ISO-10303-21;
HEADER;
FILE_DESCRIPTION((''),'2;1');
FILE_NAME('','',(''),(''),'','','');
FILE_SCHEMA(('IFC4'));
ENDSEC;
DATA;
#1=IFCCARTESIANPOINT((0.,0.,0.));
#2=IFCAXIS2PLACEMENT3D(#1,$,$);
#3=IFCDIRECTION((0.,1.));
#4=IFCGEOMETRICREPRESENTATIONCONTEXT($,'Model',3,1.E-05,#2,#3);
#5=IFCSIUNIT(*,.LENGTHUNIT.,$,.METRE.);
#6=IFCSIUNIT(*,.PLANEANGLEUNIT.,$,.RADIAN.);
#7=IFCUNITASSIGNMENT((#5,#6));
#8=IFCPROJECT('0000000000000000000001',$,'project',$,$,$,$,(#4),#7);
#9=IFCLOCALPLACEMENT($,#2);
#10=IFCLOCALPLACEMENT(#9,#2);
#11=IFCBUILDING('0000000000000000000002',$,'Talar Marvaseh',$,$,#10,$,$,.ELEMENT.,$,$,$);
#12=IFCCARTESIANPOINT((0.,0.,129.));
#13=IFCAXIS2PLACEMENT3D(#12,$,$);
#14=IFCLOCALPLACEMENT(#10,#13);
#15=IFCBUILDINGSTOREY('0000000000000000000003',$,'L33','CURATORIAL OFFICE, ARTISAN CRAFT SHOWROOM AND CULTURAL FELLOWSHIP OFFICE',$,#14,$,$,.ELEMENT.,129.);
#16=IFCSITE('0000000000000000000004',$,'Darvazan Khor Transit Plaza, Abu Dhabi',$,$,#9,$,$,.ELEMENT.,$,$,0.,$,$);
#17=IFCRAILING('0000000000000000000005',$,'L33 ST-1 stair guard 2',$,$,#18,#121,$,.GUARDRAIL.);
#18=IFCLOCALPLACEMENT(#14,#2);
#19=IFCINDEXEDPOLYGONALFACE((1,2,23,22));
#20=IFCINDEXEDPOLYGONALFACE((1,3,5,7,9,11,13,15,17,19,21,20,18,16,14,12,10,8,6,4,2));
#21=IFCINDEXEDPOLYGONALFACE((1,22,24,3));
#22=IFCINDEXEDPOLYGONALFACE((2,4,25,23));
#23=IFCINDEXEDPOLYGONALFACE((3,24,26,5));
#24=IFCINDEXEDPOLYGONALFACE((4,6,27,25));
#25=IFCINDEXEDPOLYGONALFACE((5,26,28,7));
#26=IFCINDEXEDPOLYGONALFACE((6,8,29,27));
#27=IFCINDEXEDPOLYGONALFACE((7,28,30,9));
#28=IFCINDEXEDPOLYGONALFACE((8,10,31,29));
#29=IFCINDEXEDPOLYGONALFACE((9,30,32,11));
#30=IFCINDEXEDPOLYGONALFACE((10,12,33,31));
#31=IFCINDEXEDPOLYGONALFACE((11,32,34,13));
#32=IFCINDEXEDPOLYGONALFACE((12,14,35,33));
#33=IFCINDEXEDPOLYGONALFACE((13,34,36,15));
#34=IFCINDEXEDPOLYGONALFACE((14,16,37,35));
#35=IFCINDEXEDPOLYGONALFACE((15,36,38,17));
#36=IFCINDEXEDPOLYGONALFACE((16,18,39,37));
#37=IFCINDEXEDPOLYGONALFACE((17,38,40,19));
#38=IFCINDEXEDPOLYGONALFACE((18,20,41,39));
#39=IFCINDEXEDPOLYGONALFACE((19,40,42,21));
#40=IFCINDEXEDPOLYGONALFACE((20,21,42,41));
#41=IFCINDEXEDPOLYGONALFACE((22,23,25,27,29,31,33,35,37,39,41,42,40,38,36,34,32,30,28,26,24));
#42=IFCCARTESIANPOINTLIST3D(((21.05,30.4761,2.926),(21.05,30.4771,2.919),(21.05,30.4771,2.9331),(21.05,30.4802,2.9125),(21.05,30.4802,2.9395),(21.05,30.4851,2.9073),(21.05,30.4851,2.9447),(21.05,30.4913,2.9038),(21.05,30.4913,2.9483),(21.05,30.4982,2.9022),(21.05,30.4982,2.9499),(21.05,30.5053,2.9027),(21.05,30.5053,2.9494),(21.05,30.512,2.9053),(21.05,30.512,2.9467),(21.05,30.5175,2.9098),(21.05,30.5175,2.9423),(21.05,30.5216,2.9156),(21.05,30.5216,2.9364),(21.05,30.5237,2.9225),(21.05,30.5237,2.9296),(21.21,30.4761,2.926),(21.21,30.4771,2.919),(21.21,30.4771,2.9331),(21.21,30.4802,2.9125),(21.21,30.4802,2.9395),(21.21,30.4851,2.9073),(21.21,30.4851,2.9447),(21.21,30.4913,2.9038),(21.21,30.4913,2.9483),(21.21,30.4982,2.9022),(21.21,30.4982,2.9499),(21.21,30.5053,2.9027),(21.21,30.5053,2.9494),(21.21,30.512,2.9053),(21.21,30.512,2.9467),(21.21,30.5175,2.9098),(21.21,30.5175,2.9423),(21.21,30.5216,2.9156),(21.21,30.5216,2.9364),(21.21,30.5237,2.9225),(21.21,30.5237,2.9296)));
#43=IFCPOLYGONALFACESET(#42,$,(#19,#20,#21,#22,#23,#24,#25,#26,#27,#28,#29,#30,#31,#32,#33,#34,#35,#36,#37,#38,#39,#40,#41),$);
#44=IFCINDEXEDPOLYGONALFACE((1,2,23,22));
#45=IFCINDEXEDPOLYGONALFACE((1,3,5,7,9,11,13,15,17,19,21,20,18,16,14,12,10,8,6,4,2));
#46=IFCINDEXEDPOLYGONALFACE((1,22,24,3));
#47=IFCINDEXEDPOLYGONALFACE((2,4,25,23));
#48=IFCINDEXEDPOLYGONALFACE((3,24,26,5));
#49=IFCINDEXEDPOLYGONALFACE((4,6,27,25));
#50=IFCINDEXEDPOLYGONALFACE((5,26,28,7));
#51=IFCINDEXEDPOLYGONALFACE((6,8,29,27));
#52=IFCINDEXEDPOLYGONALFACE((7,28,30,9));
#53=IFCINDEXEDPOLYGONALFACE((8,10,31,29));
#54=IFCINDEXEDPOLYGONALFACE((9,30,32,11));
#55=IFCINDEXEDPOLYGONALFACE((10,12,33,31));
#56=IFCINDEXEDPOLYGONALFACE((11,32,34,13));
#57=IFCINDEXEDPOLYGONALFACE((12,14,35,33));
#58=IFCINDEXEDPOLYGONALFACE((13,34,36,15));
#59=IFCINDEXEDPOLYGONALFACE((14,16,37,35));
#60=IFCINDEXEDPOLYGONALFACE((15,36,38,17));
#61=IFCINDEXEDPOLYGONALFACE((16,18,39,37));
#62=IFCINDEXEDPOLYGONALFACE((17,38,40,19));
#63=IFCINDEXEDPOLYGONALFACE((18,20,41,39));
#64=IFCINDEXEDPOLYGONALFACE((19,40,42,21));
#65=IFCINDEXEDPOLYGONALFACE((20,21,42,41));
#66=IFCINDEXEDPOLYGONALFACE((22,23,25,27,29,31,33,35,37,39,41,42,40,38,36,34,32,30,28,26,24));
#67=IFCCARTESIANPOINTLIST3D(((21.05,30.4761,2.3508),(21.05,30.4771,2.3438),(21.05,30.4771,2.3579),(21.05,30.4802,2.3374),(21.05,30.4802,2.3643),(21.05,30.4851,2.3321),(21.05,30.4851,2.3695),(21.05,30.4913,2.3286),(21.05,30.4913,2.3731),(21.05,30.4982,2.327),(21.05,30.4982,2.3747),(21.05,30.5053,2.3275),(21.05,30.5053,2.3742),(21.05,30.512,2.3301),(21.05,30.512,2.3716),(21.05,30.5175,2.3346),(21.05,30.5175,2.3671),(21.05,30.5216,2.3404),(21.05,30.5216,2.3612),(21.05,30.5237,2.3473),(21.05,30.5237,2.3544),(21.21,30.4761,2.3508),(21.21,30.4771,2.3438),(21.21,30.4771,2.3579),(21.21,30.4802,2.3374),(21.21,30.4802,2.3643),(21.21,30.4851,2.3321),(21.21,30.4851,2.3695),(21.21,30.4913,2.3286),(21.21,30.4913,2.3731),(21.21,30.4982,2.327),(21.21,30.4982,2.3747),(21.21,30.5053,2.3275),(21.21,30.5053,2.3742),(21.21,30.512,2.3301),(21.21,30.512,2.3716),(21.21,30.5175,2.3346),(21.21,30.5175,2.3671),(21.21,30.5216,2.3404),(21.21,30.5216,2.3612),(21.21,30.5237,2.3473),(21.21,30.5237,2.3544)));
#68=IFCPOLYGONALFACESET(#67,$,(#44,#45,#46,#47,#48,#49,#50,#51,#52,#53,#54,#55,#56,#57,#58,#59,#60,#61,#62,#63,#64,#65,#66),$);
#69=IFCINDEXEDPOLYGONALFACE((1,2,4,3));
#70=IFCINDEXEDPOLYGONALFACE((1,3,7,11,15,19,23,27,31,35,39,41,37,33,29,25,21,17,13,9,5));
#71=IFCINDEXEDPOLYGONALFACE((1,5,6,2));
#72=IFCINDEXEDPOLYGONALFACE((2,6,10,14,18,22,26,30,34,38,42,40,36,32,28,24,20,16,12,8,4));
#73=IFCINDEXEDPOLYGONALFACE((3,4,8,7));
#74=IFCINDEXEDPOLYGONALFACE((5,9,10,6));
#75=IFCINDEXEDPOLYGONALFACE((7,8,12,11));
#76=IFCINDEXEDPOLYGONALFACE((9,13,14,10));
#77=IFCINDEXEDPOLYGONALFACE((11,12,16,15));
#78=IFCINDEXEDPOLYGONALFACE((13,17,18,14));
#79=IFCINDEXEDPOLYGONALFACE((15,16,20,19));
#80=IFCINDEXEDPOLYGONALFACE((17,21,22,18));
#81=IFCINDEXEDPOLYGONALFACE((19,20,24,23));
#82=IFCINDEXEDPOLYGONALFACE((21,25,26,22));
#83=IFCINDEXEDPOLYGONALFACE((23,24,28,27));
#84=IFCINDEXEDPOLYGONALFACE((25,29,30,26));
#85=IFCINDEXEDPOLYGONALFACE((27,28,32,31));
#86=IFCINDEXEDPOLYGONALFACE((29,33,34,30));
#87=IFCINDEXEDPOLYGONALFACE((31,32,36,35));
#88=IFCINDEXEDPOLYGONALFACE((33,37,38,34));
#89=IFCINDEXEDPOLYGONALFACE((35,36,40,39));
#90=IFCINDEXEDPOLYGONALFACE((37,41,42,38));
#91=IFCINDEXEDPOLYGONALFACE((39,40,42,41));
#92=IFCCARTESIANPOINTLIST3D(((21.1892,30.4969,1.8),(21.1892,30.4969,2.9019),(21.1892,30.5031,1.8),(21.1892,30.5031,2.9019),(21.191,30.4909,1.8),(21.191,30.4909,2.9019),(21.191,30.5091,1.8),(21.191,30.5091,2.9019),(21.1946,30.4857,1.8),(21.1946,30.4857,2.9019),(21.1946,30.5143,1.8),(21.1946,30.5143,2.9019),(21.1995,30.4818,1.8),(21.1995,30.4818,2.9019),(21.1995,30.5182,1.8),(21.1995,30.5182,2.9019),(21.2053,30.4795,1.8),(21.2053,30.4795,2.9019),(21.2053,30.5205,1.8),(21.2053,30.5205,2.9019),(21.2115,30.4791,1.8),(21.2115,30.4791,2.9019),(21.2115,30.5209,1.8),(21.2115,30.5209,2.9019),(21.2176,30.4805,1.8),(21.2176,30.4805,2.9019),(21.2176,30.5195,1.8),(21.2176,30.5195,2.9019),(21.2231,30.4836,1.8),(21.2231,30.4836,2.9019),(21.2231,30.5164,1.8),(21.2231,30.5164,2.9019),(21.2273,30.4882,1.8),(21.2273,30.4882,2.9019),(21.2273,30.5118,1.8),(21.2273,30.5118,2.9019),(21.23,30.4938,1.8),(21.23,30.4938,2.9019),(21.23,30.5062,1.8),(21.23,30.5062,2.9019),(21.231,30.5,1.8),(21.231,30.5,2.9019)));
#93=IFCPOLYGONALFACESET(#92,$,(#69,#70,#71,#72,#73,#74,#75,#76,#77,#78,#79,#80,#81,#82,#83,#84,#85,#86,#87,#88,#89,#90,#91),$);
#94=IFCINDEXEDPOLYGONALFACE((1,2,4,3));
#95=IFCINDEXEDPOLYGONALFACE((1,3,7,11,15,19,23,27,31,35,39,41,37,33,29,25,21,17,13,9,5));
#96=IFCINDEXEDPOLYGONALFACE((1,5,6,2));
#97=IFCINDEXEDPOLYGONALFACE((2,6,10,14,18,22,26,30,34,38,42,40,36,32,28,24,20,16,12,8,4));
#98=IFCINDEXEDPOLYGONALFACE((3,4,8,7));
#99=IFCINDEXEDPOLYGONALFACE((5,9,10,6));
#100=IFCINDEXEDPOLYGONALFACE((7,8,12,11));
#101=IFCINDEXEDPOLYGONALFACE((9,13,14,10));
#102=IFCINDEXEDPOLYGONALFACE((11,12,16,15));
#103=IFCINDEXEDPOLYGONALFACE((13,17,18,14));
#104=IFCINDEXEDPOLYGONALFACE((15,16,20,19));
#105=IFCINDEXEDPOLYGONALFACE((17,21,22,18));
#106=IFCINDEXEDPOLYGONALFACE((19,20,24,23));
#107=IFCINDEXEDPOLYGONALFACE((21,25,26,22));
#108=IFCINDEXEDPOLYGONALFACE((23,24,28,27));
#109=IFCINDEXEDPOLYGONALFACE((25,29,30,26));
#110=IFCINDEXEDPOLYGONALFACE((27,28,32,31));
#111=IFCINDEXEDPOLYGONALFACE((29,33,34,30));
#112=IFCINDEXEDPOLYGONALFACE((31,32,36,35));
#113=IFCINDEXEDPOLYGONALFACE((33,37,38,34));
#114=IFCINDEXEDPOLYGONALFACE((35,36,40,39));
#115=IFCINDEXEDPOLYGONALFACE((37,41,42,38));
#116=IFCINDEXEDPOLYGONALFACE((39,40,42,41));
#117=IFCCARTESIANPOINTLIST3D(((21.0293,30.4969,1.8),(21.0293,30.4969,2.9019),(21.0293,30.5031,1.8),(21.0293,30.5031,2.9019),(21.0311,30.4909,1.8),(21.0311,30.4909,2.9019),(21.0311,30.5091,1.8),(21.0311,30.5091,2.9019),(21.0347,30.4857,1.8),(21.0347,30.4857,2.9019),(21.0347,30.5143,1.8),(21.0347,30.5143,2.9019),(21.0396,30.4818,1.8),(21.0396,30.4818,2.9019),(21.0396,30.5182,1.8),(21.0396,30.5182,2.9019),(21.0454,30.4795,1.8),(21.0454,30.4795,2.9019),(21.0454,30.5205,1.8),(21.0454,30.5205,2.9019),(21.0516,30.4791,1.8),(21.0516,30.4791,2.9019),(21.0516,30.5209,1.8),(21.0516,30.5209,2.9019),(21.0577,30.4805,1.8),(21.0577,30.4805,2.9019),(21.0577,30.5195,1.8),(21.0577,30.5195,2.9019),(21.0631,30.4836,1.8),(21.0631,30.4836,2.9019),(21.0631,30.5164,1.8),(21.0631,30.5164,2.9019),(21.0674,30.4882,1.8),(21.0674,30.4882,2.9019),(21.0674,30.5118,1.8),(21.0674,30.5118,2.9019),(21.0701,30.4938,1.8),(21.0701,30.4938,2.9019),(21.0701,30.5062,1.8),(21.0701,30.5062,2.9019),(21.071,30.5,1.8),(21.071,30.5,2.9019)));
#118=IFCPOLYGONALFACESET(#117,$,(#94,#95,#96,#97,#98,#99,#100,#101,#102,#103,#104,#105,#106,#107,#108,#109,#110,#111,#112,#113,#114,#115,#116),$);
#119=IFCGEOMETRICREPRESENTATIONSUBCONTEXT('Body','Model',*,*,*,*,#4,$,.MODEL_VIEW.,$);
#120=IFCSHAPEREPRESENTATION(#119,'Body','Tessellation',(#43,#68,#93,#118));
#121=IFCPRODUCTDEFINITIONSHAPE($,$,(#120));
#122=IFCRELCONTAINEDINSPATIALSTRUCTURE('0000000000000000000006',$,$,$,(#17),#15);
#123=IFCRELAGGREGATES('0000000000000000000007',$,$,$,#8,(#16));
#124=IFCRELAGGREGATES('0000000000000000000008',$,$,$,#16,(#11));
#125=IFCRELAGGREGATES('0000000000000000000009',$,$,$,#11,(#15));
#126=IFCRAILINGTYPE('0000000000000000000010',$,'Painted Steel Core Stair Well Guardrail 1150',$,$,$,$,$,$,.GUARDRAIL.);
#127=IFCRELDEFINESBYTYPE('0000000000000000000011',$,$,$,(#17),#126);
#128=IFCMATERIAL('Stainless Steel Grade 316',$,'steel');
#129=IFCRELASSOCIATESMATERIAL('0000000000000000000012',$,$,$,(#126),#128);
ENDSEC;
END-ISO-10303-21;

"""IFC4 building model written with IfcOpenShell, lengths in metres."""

from ifc_helpers import new_model, si_unit, direction, frame, origin, origin_2d, place, context, subcontext, project, spatial, circle, extrude, material, type_object, element, save


model = new_model("IFC4")

# Units and contexts
model_context = context("Model", 3, precision=1e-05, world=origin(), true_north=direction((0.0, 1.0)))
body_context = subcontext(model_context, "Body", "Model", "MODEL_VIEW")
ifc_project = project(units=[si_unit("LENGTHUNIT", "METRE"), si_unit("PLANEANGLEUNIT", "RADIAN")], contexts=[model_context])

# Site, building, storey
site_placement = place(None, origin())
site = spatial("IfcSite", under=ifc_project, at=site_placement, Name="Darvazan Khor Transit Plaza, Abu Dhabi", CompositionType="ELEMENT", RefElevation=0.0)
building_placement = place(site_placement, origin())
building = spatial("IfcBuilding", under=site, at=building_placement, Name="Talar Marvaseh", CompositionType="ELEMENT")
storey_placement = place(building_placement, frame((0.0, 0.0, 129.0)))
storey = spatial("IfcBuildingStorey", under=building, at=storey_placement, Name="L33", Description="CURATORIAL OFFICE, ARTISAN CRAFT SHOWROOM AND CULTURAL FELLOWSHIP OFFICE", CompositionType="ELEMENT", Elevation=129.0)

# Railing
ifc_material_1 = material(Name="Stainless Steel Grade 316", Category="steel")
railing_type_1 = type_object("IfcRailingType", Name="Painted Steel Core Stair Well Guardrail 1150", PredefinedType="GUARDRAIL", material=ifc_material_1)
railing_1_placement = place(storey_placement, frame((21.21, 30.5, 1.8)))
element("IfcRailing", 1, at=railing_1_placement, inside=storey, type_object=railing_type_1, Name="L33 ST-1 stair guard 2", PredefinedType="GUARDRAIL", context=body_context, shape_type="SweptSolid", body=[
    extrude(circle(Radius=0.0239, at=origin_2d()), frame((0.0, 0.0, 1.126), z_axis=(-1.0, 0.0, 0.0), x_axis=(0.0, -1.0, 0.0)), (0.0, 0.0, 1.0), 0.1599),
    extrude(circle(Radius=0.0239, at=origin_2d()), frame((0.0, 0.0, 0.5508), z_axis=(-1.0, 0.0, 0.0), x_axis=(0.0, -1.0, 0.0)), (0.0, 0.0, 1.0), 0.1599),
    extrude(circle(Radius=0.021, at=origin_2d()), origin(), (0.0, 0.0, 1.0), 1.1018),
    extrude(circle(Radius=0.021, at=origin_2d()), frame((-0.1599, 0.0, 0.0)), (0.0, 0.0, 1.0), 1.1018),
])

save(model, "model.ifc")
